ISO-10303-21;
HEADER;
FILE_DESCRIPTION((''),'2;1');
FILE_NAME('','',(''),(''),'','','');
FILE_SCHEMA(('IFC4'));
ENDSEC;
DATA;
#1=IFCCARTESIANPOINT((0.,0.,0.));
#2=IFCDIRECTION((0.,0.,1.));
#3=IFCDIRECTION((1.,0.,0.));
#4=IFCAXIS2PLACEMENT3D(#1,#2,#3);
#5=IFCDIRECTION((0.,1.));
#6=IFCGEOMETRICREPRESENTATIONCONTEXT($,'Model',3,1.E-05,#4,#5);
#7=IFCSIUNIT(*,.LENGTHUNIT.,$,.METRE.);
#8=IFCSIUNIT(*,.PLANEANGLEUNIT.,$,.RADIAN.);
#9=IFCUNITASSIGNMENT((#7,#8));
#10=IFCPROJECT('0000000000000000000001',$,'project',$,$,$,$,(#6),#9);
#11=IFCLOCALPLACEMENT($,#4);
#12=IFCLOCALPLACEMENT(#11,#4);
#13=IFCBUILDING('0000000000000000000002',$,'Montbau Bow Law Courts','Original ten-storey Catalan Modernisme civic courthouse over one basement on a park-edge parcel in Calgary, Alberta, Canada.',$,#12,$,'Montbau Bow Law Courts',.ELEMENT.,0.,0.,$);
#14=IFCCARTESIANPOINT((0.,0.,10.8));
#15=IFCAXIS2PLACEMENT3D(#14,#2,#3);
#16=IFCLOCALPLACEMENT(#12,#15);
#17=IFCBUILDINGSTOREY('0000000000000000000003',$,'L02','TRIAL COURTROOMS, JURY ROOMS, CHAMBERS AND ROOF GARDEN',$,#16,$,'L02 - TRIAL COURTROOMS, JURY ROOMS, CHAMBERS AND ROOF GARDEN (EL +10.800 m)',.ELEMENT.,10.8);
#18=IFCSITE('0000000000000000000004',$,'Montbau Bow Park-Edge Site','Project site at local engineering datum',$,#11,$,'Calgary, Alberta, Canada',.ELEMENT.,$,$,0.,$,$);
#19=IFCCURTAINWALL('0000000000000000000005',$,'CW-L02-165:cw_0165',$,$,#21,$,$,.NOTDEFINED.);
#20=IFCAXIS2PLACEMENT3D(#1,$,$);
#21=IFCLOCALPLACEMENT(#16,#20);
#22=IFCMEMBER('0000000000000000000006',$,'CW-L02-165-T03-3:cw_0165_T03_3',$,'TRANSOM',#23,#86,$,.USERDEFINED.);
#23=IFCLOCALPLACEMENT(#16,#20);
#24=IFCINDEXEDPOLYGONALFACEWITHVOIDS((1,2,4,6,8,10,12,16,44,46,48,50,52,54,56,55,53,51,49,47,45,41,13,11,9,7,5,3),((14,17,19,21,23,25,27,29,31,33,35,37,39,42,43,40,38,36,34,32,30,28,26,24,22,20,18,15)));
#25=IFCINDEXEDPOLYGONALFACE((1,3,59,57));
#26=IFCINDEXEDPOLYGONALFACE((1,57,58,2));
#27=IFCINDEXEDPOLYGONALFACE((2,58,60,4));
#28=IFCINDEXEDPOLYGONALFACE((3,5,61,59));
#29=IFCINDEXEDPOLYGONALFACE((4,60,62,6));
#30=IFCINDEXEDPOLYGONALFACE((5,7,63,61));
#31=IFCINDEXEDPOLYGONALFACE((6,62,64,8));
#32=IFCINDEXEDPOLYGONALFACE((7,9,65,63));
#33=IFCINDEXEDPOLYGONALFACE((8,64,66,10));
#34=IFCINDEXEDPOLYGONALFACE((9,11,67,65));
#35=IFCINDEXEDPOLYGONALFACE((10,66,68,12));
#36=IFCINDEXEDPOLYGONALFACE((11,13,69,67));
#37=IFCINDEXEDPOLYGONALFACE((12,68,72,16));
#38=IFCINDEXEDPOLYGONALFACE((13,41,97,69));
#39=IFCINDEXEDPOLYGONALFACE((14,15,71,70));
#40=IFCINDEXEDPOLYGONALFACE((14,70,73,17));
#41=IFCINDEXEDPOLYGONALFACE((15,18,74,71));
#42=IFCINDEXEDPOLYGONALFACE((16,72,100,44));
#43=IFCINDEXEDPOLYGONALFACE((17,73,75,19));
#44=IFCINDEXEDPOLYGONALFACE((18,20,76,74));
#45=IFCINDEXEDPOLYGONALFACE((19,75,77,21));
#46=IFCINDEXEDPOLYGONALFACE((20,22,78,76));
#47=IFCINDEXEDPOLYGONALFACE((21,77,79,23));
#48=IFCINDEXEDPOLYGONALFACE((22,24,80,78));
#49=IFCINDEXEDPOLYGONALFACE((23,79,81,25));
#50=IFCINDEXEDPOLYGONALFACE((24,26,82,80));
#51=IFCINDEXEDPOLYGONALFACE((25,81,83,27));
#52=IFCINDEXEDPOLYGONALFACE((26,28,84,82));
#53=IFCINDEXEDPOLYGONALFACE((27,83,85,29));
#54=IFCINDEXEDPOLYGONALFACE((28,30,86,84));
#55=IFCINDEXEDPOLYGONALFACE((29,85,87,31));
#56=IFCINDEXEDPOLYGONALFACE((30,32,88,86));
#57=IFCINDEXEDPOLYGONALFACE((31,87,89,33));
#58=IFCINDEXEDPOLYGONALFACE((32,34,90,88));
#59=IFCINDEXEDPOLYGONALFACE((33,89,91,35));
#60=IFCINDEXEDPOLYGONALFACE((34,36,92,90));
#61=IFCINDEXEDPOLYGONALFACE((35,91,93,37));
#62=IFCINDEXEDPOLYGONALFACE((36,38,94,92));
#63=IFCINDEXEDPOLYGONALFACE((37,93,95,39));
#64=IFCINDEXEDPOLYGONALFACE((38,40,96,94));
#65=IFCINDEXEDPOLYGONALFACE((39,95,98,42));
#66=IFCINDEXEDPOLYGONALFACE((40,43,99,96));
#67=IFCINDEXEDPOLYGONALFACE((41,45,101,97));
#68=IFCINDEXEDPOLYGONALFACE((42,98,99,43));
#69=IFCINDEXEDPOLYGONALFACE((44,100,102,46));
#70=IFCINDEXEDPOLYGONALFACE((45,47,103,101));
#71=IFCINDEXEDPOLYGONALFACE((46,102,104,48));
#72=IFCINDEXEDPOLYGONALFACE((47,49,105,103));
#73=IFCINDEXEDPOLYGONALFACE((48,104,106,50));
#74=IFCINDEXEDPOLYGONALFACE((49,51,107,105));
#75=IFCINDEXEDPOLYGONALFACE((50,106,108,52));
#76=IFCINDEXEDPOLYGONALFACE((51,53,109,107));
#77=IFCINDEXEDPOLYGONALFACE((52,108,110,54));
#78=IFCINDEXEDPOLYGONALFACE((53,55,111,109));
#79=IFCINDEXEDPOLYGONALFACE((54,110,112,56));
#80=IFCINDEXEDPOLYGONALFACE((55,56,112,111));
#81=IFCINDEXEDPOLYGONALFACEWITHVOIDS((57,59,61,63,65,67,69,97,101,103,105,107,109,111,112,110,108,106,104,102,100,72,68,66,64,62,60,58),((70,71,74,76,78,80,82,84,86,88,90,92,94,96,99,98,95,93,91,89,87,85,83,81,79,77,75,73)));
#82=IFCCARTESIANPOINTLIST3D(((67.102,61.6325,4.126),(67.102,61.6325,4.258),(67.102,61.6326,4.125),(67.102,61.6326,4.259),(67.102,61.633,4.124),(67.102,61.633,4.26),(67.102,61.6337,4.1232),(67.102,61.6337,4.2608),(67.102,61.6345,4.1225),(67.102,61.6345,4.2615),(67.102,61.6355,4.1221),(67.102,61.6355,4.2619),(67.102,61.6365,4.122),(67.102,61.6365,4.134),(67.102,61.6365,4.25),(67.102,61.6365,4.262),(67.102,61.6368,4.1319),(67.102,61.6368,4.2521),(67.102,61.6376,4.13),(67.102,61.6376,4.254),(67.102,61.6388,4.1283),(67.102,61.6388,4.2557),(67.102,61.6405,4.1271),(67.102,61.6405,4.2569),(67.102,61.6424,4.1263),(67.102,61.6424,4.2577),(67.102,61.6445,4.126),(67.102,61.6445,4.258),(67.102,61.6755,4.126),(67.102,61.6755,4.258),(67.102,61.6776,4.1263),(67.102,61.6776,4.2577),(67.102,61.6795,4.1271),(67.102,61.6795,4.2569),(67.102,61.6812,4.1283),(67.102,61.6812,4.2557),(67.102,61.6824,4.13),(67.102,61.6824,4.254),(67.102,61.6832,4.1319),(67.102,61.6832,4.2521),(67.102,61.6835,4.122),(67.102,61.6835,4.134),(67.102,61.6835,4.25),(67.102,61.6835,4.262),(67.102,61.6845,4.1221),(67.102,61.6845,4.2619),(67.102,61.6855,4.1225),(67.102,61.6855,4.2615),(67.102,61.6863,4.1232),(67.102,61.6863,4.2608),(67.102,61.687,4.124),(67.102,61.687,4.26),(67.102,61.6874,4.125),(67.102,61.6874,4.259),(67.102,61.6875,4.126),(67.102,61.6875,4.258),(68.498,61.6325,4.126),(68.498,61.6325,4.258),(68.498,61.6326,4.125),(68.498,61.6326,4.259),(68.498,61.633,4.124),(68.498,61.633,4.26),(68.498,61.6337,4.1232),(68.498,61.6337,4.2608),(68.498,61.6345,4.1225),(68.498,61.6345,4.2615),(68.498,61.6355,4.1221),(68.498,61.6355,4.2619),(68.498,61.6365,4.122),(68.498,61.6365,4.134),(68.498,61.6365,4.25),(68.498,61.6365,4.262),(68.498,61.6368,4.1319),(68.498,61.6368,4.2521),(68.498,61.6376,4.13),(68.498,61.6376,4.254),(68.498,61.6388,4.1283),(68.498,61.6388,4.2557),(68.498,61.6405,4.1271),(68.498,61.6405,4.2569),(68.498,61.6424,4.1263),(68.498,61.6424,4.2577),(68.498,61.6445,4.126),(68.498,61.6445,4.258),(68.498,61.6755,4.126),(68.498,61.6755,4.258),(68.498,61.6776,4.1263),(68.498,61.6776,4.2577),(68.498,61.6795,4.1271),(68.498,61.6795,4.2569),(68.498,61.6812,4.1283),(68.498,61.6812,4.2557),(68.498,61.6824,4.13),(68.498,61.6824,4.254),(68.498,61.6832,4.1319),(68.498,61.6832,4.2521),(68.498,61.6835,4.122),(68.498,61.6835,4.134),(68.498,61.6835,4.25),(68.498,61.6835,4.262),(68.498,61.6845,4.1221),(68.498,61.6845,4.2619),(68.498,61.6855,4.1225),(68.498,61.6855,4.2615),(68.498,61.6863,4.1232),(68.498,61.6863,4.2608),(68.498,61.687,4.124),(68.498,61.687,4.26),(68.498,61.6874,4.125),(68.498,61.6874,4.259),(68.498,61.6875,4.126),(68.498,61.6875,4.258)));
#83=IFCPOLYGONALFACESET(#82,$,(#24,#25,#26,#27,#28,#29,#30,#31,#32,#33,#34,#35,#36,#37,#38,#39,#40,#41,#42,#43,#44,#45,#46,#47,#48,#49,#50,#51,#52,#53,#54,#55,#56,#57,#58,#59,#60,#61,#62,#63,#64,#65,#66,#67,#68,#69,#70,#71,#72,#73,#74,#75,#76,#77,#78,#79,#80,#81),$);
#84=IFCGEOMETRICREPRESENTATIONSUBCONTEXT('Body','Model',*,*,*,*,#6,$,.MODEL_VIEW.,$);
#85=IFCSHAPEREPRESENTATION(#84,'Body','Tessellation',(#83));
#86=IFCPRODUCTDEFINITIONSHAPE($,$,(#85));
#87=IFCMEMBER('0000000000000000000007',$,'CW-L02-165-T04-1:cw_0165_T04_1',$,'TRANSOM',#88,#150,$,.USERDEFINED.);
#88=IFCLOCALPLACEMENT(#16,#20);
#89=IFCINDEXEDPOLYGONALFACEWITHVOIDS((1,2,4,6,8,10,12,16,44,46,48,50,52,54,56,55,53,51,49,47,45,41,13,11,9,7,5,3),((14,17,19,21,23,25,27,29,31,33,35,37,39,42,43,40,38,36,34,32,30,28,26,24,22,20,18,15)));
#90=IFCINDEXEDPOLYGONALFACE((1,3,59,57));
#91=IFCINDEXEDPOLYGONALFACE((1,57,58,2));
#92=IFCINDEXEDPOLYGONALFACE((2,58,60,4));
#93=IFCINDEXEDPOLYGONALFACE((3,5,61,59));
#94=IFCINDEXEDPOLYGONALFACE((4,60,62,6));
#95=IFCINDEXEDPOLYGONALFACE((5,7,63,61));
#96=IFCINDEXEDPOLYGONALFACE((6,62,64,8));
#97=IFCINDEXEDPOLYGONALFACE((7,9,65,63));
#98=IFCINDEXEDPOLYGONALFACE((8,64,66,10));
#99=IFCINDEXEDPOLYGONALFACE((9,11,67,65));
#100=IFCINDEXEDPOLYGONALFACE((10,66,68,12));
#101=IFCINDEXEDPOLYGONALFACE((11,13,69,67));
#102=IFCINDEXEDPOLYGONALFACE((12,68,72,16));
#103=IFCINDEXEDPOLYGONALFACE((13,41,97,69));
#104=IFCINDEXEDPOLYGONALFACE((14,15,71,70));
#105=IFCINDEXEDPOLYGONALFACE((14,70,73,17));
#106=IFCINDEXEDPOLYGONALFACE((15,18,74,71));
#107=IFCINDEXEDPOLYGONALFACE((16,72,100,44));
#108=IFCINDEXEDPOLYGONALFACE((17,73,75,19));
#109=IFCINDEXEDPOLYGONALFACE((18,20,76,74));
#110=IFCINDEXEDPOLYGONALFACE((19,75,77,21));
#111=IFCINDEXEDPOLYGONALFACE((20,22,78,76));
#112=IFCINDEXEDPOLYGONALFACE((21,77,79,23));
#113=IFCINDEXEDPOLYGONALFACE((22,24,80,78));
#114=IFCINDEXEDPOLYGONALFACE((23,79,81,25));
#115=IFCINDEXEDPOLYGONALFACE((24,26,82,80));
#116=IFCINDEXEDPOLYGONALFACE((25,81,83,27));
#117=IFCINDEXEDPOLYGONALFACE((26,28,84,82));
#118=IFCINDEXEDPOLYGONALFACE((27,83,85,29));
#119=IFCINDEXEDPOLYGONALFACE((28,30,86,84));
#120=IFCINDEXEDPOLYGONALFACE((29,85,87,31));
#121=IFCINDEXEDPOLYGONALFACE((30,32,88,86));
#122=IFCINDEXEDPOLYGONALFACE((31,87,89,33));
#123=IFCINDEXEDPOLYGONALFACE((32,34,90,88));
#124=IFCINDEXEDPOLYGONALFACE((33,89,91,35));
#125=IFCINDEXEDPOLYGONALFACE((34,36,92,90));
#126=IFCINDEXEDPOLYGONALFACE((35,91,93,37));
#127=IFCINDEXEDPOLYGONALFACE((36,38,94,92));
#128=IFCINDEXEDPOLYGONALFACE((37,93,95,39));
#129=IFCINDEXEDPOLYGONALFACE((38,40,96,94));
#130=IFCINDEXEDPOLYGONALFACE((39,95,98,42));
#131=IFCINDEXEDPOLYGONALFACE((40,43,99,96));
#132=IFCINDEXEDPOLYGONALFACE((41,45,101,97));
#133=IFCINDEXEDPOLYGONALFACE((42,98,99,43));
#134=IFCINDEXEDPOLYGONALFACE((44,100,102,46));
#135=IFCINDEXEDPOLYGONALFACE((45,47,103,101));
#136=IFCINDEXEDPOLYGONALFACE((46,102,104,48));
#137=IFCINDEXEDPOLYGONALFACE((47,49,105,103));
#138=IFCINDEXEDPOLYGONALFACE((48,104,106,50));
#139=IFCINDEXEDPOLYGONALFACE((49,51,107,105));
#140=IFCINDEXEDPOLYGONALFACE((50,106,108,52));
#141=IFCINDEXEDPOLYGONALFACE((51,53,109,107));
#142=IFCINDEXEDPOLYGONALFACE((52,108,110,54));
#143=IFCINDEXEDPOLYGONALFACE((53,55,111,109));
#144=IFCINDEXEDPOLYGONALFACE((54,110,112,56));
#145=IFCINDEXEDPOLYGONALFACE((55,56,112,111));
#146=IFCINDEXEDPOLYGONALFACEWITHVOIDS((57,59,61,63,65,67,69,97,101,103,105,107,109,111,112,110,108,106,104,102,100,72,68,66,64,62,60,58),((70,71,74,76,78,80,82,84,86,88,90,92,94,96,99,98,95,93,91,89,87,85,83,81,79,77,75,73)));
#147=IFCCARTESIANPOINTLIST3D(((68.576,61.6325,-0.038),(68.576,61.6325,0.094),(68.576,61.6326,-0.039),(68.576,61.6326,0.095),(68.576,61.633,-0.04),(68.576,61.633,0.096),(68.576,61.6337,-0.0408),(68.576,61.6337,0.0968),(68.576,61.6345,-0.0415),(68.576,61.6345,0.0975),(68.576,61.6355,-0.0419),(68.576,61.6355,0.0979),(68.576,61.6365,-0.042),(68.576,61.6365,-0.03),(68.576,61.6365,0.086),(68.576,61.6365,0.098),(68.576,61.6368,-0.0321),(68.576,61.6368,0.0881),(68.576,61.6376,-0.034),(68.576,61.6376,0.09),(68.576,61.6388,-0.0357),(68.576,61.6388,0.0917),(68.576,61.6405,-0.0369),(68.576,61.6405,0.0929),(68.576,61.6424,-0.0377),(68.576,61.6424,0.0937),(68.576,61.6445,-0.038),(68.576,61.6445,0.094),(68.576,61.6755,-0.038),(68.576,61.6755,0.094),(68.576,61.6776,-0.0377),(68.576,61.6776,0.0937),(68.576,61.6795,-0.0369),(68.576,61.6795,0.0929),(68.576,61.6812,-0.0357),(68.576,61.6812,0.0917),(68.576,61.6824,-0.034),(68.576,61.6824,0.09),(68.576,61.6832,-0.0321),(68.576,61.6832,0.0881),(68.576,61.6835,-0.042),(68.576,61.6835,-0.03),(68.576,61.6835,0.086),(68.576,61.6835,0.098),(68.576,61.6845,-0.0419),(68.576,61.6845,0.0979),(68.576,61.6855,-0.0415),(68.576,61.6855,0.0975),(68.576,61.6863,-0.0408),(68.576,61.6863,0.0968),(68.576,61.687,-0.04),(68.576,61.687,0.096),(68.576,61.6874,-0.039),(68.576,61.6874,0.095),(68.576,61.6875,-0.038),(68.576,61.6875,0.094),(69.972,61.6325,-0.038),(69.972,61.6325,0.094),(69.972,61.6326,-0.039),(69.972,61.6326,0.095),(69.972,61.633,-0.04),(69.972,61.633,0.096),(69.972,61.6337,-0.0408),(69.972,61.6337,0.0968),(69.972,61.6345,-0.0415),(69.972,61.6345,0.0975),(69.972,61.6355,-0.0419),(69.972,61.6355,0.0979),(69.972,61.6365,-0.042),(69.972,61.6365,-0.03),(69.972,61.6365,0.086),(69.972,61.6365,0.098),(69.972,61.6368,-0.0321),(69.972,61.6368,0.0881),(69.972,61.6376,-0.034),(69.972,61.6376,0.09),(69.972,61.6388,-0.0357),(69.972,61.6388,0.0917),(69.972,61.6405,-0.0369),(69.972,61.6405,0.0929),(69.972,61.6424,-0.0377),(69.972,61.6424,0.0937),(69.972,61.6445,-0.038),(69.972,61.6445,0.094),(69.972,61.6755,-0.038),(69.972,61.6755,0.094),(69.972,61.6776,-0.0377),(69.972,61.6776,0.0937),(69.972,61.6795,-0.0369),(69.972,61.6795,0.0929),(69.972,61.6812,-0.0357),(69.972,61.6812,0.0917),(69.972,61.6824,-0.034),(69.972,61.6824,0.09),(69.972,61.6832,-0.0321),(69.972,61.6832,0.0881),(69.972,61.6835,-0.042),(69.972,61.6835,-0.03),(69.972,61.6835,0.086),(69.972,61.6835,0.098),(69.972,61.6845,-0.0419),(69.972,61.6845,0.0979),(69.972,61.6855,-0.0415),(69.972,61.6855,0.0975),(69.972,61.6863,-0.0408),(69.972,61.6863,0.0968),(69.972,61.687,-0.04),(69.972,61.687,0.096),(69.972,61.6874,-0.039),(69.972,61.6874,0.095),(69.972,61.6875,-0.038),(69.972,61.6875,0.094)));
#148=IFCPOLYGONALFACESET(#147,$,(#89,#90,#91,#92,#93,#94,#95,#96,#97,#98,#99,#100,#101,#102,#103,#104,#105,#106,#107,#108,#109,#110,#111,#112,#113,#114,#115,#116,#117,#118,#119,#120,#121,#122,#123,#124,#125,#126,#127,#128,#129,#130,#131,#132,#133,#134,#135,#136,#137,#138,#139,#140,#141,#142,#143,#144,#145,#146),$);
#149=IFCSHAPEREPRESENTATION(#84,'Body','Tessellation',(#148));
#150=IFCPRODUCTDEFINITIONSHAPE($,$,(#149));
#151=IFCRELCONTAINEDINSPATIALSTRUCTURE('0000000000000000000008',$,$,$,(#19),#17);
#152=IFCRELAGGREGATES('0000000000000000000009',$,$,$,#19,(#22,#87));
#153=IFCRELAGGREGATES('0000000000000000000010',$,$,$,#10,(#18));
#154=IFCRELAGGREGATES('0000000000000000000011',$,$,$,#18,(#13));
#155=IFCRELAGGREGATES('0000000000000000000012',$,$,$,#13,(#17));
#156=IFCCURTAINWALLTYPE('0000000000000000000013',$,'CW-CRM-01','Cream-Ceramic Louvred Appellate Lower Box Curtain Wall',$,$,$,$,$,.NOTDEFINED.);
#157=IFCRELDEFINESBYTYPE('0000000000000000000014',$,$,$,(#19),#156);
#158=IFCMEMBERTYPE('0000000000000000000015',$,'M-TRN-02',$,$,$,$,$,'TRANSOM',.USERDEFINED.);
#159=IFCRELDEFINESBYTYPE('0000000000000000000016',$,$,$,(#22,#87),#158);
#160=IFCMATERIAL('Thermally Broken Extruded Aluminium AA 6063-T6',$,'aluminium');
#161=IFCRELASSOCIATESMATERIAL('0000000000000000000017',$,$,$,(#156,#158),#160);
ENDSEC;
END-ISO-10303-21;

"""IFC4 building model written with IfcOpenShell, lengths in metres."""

from ifc_helpers import new_model, si_unit, direction, frame, origin_with_axes, origin_2d_with_axis, place, context, subcontext, project, spatial, hollow_rectangle, extrude, material, material_profile, profile_set, type_object, element, aggregate, save


model = new_model("IFC4")

# Units and contexts
model_context = context("Model", 3, precision=1e-05, world=origin_with_axes(), true_north=direction((0.0, 1.0)))
body_context = subcontext(model_context, "Body", "Model", "MODEL_VIEW")
ifc_project = project(units=[si_unit("LENGTHUNIT", "METRE"), si_unit("PLANEANGLEUNIT", "RADIAN")], contexts=[model_context])

# Site, building, storey
site_placement = place(None, origin_with_axes())
site = spatial("IfcSite", under=ifc_project, at=site_placement, Name="Montbau Bow Park-Edge Site", Description="Project site at local engineering datum", LongName="Calgary, Alberta, Canada", CompositionType="ELEMENT", RefElevation=0.0)
building_placement = place(site_placement, origin_with_axes())
building = spatial("IfcBuilding", under=site, at=building_placement, Name="Montbau Bow Law Courts", Description="Original ten-storey Catalan Modernisme civic courthouse over one basement on a park-edge parcel in Calgary, Alberta, Canada.", LongName="Montbau Bow Law Courts", CompositionType="ELEMENT", ElevationOfRefHeight=0.0, ElevationOfTerrain=0.0)
storey_placement = place(building_placement, frame((0.0, 0.0, 10.8), z_axis=(0.0, 0.0, 1.0), x_axis=(1.0, 0.0, 0.0)))
storey = spatial("IfcBuildingStorey", under=building, at=storey_placement, Name="L02", Description="TRIAL COURTROOMS, JURY ROOMS, CHAMBERS AND ROOF GARDEN", LongName="L02 - TRIAL COURTROOMS, JURY ROOMS, CHAMBERS AND ROOF GARDEN (EL +10.800 m)", CompositionType="ELEMENT", Elevation=10.8)

# Curtain wall, members
ifc_material_1 = material(Name="Thermally Broken Extruded Aluminium AA 6063-T6", Category="aluminium")
curtain_wall_type = type_object("IfcCurtainWallType", Name="CW-CRM-01", Description="Cream-Ceramic Louvred Appellate Lower Box Curtain Wall", PredefinedType="NOTDEFINED", material=ifc_material_1)
curtain_wall_placement = place(None, frame((64.115, 61.66, 10.8), z_axis=(0.0, 0.0, 1.0), x_axis=(1.0, 0.0, 0.0)))
curtain_wall = element("IfcCurtainWall", 1, at=curtain_wall_placement, inside=storey, type_object=curtain_wall_type, Name="CW-L02-165:cw_0165", PredefinedType="NOTDEFINED")
ifc_material_profile_1 = material_profile(ifc_material_1, hollow_rectangle(XDim=0.055, YDim=0.14, WallThickness=0.004, InnerFilletRadius=0.008, OuterFilletRadius=0.004, at=origin_2d_with_axis()), Name="CWT-140X55", Category="Main", Priority=0)
ifc_profile_set_1 = profile_set([ifc_material_profile_1], Name="Thermally Broken Extruded Aluminium AA 6063-T6")
member_type_1 = type_object("IfcMemberType", Name="M-TRN-02", ElementType="TRANSOM", PredefinedType="USERDEFINED", material=ifc_profile_set_1)
member_1_placement = place(None, frame((67.102, 61.66, 14.992), z_axis=(1.0, 0.0, 0.0), x_axis=(0.0, 1.0, 0.0)))
member_1 = element("IfcMember", 2, at=member_1_placement, type_object=member_type_1, Name="CW-L02-165-T03-3:cw_0165_T03_3", ObjectType="TRANSOM", PredefinedType="USERDEFINED", context=body_context, shape_type="SweptSolid", body=[
    extrude(hollow_rectangle(XDim=0.055, YDim=0.14, WallThickness=0.004, InnerFilletRadius=0.008, OuterFilletRadius=0.004, at=origin_2d_with_axis()), origin_with_axes(), (0.0, 0.0, 1.0), 1.396),
])
member_2_placement = place(None, frame((68.576, 61.66, 10.828), z_axis=(1.0, 0.0, 0.0), x_axis=(0.0, 1.0, 0.0)))
member_2 = element("IfcMember", 3, at=member_2_placement, type_object=member_type_1, Name="CW-L02-165-T04-1:cw_0165_T04_1", ObjectType="TRANSOM", PredefinedType="USERDEFINED", context=body_context, shape_type="SweptSolid", body=[
    extrude(hollow_rectangle(XDim=0.055, YDim=0.14, WallThickness=0.004, InnerFilletRadius=0.008, OuterFilletRadius=0.004, at=origin_2d_with_axis()), origin_with_axes(), (0.0, 0.0, 1.0), 1.396),
])
aggregate(curtain_wall, [member_1, member_2])

save(model, "model.ifc")
